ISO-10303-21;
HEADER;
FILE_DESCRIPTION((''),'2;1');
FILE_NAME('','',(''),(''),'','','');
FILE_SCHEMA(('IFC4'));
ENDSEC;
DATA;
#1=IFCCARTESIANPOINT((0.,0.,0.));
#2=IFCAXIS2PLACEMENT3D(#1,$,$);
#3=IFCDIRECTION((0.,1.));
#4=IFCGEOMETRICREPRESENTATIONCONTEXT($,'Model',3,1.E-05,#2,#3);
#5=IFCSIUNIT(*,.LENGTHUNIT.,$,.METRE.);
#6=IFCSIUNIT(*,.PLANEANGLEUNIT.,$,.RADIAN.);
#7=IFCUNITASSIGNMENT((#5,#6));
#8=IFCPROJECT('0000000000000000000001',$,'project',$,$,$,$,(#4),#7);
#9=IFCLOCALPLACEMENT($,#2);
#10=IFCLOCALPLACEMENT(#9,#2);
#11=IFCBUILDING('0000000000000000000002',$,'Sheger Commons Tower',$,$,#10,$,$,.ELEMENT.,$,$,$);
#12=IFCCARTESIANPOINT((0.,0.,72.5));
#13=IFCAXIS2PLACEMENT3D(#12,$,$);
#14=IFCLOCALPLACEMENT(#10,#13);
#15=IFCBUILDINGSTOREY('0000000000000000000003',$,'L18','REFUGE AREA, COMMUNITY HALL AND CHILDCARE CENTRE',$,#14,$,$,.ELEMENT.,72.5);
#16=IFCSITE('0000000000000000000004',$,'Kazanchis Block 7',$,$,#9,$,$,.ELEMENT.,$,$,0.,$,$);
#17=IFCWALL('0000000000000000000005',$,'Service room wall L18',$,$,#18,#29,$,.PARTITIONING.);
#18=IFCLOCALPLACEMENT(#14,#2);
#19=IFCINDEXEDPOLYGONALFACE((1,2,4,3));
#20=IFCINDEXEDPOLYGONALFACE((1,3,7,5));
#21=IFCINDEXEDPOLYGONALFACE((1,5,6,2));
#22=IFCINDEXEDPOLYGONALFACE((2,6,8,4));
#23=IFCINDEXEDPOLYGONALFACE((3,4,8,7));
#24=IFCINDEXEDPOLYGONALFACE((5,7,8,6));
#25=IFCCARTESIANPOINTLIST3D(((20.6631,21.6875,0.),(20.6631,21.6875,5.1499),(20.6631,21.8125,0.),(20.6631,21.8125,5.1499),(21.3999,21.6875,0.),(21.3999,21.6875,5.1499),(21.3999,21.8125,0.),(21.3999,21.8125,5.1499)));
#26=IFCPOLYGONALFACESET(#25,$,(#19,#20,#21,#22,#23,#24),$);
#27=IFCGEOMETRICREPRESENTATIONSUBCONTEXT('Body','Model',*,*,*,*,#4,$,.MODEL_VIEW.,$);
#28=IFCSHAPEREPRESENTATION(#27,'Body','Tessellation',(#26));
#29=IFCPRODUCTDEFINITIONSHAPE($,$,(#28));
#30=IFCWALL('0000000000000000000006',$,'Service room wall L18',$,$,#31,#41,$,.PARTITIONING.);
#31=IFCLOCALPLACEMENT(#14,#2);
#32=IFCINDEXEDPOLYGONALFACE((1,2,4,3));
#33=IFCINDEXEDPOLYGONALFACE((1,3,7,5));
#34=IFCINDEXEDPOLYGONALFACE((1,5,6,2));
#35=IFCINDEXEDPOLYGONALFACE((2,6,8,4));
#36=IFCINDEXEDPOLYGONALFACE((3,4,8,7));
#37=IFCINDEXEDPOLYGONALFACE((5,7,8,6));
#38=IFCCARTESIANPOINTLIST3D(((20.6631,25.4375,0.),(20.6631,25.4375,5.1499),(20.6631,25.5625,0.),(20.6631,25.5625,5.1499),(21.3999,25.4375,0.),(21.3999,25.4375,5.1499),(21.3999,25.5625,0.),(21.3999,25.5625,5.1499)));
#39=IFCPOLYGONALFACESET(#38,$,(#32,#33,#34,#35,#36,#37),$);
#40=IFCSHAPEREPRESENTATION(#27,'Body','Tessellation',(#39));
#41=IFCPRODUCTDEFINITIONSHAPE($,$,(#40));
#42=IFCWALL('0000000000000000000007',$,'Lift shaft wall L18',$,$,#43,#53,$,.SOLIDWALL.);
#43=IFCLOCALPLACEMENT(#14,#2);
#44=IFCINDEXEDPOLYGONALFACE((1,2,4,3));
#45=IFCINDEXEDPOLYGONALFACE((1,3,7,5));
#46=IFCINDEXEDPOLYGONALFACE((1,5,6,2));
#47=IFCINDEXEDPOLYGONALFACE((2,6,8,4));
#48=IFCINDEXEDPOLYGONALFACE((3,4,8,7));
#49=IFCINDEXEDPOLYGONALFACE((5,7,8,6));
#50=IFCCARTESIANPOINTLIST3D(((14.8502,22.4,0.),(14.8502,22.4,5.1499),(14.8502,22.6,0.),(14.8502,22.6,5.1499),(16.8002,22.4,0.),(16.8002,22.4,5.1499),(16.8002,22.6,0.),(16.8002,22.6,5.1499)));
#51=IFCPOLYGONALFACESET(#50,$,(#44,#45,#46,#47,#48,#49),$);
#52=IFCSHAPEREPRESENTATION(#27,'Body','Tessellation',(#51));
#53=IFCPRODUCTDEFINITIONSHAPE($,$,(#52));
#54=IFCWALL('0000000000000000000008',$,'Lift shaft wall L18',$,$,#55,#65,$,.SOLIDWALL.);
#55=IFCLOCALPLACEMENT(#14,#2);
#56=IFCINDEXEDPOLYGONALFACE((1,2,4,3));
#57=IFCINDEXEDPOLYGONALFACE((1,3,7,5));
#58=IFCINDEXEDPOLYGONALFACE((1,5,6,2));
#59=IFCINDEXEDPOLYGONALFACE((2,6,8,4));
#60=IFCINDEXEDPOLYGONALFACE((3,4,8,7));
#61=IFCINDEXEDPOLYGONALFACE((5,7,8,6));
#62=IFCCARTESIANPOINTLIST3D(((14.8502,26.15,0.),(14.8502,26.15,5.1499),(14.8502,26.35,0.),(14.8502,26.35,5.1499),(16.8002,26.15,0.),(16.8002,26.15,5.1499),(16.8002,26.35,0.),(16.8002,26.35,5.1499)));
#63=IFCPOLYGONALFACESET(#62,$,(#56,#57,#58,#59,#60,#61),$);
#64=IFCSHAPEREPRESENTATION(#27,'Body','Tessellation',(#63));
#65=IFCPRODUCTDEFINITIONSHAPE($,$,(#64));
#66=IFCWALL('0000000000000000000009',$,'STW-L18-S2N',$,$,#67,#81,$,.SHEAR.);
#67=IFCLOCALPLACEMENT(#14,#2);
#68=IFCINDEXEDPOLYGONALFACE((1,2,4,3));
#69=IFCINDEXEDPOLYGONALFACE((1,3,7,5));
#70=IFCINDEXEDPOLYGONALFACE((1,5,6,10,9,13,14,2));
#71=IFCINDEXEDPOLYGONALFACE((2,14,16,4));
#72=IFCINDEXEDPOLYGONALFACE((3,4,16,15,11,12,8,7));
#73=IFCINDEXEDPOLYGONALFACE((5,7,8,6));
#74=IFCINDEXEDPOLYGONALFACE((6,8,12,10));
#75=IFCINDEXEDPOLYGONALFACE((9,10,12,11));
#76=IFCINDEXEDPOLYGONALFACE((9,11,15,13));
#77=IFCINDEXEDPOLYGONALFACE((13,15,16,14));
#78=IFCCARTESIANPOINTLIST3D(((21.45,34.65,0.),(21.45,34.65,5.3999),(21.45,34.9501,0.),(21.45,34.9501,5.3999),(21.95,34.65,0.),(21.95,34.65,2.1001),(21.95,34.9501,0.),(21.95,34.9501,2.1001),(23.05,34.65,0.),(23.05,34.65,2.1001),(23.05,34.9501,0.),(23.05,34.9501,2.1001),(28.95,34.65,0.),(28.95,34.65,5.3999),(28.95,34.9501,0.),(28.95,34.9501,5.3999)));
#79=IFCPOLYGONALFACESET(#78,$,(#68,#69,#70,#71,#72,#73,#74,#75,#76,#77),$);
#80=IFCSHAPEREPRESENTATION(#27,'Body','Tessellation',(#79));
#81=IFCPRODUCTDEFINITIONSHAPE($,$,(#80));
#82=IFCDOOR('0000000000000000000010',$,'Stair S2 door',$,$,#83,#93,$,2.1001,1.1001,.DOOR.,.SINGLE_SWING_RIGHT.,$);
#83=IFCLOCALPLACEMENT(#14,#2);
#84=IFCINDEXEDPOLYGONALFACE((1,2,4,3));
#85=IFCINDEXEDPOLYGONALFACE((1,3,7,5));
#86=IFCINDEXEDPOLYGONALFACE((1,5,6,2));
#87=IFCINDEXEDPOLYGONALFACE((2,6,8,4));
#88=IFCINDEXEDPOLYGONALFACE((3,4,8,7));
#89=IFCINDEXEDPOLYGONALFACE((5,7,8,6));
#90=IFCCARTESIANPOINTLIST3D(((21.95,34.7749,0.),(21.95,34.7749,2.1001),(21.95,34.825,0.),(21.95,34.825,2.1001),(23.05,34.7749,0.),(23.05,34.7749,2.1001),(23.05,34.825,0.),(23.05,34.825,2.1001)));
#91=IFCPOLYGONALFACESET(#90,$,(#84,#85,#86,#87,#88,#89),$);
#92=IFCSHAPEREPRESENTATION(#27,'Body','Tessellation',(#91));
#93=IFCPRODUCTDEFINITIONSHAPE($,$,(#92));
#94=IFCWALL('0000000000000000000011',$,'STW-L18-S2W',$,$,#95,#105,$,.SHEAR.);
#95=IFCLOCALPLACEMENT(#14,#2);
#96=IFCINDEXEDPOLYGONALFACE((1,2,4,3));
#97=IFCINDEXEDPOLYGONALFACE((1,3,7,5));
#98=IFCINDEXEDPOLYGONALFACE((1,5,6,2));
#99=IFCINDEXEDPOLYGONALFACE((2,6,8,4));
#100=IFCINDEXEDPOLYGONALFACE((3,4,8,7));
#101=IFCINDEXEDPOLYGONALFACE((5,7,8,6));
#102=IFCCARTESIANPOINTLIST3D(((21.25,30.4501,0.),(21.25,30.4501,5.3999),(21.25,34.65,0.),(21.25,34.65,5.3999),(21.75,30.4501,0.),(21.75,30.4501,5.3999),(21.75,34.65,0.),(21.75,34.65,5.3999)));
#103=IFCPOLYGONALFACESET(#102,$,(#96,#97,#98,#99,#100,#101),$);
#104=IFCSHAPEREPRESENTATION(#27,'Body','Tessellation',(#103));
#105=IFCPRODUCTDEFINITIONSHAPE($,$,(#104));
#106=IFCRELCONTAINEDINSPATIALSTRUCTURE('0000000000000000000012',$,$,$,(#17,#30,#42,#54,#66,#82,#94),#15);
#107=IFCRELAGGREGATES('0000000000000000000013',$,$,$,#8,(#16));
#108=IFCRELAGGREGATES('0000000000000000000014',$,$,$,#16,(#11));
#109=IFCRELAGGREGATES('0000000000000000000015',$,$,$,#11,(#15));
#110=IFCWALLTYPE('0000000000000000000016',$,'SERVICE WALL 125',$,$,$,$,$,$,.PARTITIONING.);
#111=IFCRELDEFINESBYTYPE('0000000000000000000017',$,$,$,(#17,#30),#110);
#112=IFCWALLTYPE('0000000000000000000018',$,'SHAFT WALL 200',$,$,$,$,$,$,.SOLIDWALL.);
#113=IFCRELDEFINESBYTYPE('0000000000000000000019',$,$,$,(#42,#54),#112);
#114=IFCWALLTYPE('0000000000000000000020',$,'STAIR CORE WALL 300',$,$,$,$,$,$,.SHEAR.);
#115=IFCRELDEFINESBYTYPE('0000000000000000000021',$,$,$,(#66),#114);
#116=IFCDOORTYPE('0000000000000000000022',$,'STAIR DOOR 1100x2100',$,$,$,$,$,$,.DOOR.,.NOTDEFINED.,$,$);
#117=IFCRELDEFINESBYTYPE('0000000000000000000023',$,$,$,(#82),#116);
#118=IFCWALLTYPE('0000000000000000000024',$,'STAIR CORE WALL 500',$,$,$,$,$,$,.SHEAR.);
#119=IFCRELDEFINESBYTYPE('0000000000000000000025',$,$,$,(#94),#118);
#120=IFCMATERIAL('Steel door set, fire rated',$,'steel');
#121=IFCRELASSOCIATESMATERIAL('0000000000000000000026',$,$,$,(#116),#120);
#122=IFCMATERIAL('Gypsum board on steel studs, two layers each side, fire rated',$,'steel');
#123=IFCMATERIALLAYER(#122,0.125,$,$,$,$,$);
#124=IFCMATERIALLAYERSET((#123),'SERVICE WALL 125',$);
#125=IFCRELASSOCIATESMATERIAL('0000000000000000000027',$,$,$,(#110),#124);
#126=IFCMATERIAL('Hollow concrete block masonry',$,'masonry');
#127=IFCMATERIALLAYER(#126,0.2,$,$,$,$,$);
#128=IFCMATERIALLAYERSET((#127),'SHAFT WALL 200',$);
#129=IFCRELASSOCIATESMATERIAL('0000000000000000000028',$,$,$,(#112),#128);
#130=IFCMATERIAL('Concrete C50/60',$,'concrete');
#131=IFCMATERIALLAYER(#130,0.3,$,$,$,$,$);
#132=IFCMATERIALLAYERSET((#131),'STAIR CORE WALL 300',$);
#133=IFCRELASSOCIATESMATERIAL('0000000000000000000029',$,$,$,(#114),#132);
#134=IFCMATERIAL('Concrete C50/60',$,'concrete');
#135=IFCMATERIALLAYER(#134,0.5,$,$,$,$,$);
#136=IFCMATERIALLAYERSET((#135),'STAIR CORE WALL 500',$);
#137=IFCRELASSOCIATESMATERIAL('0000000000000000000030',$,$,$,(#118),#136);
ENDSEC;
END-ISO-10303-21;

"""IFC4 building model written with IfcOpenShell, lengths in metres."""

from ifc_helpers import new_model, si_unit, direction, frame, frame_2d, origin, place, context, subcontext, project, spatial, rectangle, extrude, material, layer, layer_set, type_object, element, fill, save


model = new_model("IFC4")

# Units and contexts
model_context = context("Model", 3, precision=1e-05, world=origin(), true_north=direction((0.0, 1.0)))
body_context = subcontext(model_context, "Body", "Model", "MODEL_VIEW")
ifc_project = project(units=[si_unit("LENGTHUNIT", "METRE"), si_unit("PLANEANGLEUNIT", "RADIAN")], contexts=[model_context])

# Site, building, storey
site_placement = place(None, origin())
site = spatial("IfcSite", under=ifc_project, at=site_placement, Name="Kazanchis Block 7", CompositionType="ELEMENT", RefElevation=0.0)
building_placement = place(site_placement, origin())
building = spatial("IfcBuilding", under=site, at=building_placement, Name="Sheger Commons Tower", CompositionType="ELEMENT")
storey_placement = place(building_placement, frame((0.0, 0.0, 72.5)))
storey = spatial("IfcBuildingStorey", under=building, at=storey_placement, Name="L18", Description="REFUGE AREA, COMMUNITY HALL AND CHILDCARE CENTRE", CompositionType="ELEMENT", Elevation=72.5)

# Shared definitions
ifc_material_1 = material(Name="Steel door set, fire rated", Category="steel")
door_type_1 = type_object("IfcDoorType", Name="STAIR DOOR 1100x2100", OperationType="NOTDEFINED", PredefinedType="DOOR", material=ifc_material_1)

# Shared definitions
ifc_material_2 = material(Name="Gypsum board on steel studs, two layers each side, fire rated", Category="steel")
ifc_layer_1 = layer(ifc_material_2, 0.125)
ifc_layer_set_1 = layer_set([ifc_layer_1], Name="SERVICE WALL 125")
wall_type_1 = type_object("IfcWallType", Name="SERVICE WALL 125", PredefinedType="PARTITIONING", material=ifc_layer_set_1)

# Walls
for number, where, z_axis, x_axis, name in (
    (1, (20.6631, 21.75, 0.0), (0.0, 0.0, 1.0), (1.0, 0.0, 0.0), "Service room wall L18"),
    (2, (20.6631, 25.5, 0.0), (0.0, 0.0, 1.0), (1.0, 0.0, 0.0), "Service room wall L18"),
):
    element("IfcWall", number, at=place(storey_placement, frame(where, z_axis=z_axis, x_axis=x_axis)), inside=storey, type_object=wall_type_1, Name=name, PredefinedType="PARTITIONING", context=body_context, shape_type="SweptSolid", body=[
        extrude(rectangle(XDim=0.7368, YDim=0.125, at=frame_2d((0.3684, 0.0))), origin(), (0.0, 0.0, 1.0), 5.1499),
    ])
ifc_material_3 = material(Name="Hollow concrete block masonry", Category="masonry")
ifc_layer_2 = layer(ifc_material_3, 0.2)
ifc_layer_set_2 = layer_set([ifc_layer_2], Name="SHAFT WALL 200")
wall_type_2 = type_object("IfcWallType", Name="SHAFT WALL 200", PredefinedType="SOLIDWALL", material=ifc_layer_set_2)
for number, where, z_axis, x_axis, name in (
    (3, (14.8501, 22.5, 0.0), (0.0, 0.0, 1.0), (1.0, 0.0, 0.0), "Lift shaft wall L18"),
    (4, (14.8501, 26.25, 0.0), (0.0, 0.0, 1.0), (1.0, 0.0, 0.0), "Lift shaft wall L18"),
):
    element("IfcWall", number, at=place(storey_placement, frame(where, z_axis=z_axis, x_axis=x_axis)), inside=storey, type_object=wall_type_2, Name=name, PredefinedType="SOLIDWALL", context=body_context, shape_type="SweptSolid", body=[
        extrude(rectangle(XDim=1.95, YDim=0.2, at=frame_2d((0.9751, 0.0))), origin(), (0.0, 0.0, 1.0), 5.1499),
    ])

# Wall, opening, door
ifc_material_4 = material(Name="Concrete C50/60", Category="concrete")
ifc_layer_3 = layer(ifc_material_4, 0.3)
ifc_layer_set_3 = layer_set([ifc_layer_3], Name="STAIR CORE WALL 300")
wall_type_3 = type_object("IfcWallType", Name="STAIR CORE WALL 300", PredefinedType="SHEAR", material=ifc_layer_set_3)
wall_1_placement = place(storey_placement, frame((21.45, 34.8, 0.0), z_axis=(0.0, 0.0, 1.0), x_axis=(1.0, 0.0, 0.0)))
wall_1 = element("IfcWall", 5, at=wall_1_placement, inside=storey, type_object=wall_type_3, Name="STW-L18-S2N", PredefinedType="SHEAR", context=body_context, shape_type="SweptSolid", body=[
    extrude(rectangle(XDim=7.5, YDim=0.3, at=frame_2d((3.75, 0.0))), origin(), (0.0, 0.0, 1.0), 5.3999),
])
opening_1_placement = place(wall_1_placement, frame((0.5, 0.0, 0.0)))
opening_1 = element("IfcOpeningElement", 6, at=opening_1_placement, cuts=wall_1, PredefinedType="OPENING", context=body_context, shape_type="SweptSolid", body=[
    extrude(rectangle(XDim=1.1001, YDim=2.1001, at=frame_2d((0.55, 1.05))), frame((0.0, 0.1599, 0.0), z_axis=(0.0, -1.0, 0.0), x_axis=(1.0, 0.0, 0.0)), (0.0, 0.0, 1.0), 0.3201),
])
door_1_placement = place(opening_1_placement, origin())
door_1 = element("IfcDoor", 7, at=door_1_placement, inside=storey, type_object=door_type_1, Name="Stair S2 door", OperationType="SINGLE_SWING_RIGHT", OverallHeight=2.1001, OverallWidth=1.1001, PredefinedType="DOOR", context=body_context, shape_type="SweptSolid", body=[
    extrude(rectangle(XDim=1.1001, YDim=2.1001, at=frame_2d((0.55, 1.05))), frame((0.0, 0.0249, 0.0), z_axis=(0.0, -1.0, 0.0), x_axis=(1.0, 0.0, 0.0)), (0.0, 0.0, 1.0), 0.05),
])
fill(opening_1, door_1)

# Wall
ifc_material_5 = material(Name="Concrete C50/60", Category="concrete")
ifc_layer_4 = layer(ifc_material_5, 0.5)
ifc_layer_set_4 = layer_set([ifc_layer_4], Name="STAIR CORE WALL 500")
wall_type_4 = type_object("IfcWallType", Name="STAIR CORE WALL 500", PredefinedType="SHEAR", material=ifc_layer_set_4)
wall_2_placement = place(storey_placement, frame((21.5, 30.45, 0.0), z_axis=(0.0, 0.0, 1.0), x_axis=(0.0, 1.0, 0.0)))
element("IfcWall", 8, at=wall_2_placement, inside=storey, type_object=wall_type_4, Name="STW-L18-S2W", PredefinedType="SHEAR", context=body_context, shape_type="SweptSolid", body=[
    extrude(rectangle(XDim=4.2, YDim=0.5, at=frame_2d((2.1001, 0.0))), origin(), (0.0, 0.0, 1.0), 5.3999),
])

save(model, "model.ifc")
